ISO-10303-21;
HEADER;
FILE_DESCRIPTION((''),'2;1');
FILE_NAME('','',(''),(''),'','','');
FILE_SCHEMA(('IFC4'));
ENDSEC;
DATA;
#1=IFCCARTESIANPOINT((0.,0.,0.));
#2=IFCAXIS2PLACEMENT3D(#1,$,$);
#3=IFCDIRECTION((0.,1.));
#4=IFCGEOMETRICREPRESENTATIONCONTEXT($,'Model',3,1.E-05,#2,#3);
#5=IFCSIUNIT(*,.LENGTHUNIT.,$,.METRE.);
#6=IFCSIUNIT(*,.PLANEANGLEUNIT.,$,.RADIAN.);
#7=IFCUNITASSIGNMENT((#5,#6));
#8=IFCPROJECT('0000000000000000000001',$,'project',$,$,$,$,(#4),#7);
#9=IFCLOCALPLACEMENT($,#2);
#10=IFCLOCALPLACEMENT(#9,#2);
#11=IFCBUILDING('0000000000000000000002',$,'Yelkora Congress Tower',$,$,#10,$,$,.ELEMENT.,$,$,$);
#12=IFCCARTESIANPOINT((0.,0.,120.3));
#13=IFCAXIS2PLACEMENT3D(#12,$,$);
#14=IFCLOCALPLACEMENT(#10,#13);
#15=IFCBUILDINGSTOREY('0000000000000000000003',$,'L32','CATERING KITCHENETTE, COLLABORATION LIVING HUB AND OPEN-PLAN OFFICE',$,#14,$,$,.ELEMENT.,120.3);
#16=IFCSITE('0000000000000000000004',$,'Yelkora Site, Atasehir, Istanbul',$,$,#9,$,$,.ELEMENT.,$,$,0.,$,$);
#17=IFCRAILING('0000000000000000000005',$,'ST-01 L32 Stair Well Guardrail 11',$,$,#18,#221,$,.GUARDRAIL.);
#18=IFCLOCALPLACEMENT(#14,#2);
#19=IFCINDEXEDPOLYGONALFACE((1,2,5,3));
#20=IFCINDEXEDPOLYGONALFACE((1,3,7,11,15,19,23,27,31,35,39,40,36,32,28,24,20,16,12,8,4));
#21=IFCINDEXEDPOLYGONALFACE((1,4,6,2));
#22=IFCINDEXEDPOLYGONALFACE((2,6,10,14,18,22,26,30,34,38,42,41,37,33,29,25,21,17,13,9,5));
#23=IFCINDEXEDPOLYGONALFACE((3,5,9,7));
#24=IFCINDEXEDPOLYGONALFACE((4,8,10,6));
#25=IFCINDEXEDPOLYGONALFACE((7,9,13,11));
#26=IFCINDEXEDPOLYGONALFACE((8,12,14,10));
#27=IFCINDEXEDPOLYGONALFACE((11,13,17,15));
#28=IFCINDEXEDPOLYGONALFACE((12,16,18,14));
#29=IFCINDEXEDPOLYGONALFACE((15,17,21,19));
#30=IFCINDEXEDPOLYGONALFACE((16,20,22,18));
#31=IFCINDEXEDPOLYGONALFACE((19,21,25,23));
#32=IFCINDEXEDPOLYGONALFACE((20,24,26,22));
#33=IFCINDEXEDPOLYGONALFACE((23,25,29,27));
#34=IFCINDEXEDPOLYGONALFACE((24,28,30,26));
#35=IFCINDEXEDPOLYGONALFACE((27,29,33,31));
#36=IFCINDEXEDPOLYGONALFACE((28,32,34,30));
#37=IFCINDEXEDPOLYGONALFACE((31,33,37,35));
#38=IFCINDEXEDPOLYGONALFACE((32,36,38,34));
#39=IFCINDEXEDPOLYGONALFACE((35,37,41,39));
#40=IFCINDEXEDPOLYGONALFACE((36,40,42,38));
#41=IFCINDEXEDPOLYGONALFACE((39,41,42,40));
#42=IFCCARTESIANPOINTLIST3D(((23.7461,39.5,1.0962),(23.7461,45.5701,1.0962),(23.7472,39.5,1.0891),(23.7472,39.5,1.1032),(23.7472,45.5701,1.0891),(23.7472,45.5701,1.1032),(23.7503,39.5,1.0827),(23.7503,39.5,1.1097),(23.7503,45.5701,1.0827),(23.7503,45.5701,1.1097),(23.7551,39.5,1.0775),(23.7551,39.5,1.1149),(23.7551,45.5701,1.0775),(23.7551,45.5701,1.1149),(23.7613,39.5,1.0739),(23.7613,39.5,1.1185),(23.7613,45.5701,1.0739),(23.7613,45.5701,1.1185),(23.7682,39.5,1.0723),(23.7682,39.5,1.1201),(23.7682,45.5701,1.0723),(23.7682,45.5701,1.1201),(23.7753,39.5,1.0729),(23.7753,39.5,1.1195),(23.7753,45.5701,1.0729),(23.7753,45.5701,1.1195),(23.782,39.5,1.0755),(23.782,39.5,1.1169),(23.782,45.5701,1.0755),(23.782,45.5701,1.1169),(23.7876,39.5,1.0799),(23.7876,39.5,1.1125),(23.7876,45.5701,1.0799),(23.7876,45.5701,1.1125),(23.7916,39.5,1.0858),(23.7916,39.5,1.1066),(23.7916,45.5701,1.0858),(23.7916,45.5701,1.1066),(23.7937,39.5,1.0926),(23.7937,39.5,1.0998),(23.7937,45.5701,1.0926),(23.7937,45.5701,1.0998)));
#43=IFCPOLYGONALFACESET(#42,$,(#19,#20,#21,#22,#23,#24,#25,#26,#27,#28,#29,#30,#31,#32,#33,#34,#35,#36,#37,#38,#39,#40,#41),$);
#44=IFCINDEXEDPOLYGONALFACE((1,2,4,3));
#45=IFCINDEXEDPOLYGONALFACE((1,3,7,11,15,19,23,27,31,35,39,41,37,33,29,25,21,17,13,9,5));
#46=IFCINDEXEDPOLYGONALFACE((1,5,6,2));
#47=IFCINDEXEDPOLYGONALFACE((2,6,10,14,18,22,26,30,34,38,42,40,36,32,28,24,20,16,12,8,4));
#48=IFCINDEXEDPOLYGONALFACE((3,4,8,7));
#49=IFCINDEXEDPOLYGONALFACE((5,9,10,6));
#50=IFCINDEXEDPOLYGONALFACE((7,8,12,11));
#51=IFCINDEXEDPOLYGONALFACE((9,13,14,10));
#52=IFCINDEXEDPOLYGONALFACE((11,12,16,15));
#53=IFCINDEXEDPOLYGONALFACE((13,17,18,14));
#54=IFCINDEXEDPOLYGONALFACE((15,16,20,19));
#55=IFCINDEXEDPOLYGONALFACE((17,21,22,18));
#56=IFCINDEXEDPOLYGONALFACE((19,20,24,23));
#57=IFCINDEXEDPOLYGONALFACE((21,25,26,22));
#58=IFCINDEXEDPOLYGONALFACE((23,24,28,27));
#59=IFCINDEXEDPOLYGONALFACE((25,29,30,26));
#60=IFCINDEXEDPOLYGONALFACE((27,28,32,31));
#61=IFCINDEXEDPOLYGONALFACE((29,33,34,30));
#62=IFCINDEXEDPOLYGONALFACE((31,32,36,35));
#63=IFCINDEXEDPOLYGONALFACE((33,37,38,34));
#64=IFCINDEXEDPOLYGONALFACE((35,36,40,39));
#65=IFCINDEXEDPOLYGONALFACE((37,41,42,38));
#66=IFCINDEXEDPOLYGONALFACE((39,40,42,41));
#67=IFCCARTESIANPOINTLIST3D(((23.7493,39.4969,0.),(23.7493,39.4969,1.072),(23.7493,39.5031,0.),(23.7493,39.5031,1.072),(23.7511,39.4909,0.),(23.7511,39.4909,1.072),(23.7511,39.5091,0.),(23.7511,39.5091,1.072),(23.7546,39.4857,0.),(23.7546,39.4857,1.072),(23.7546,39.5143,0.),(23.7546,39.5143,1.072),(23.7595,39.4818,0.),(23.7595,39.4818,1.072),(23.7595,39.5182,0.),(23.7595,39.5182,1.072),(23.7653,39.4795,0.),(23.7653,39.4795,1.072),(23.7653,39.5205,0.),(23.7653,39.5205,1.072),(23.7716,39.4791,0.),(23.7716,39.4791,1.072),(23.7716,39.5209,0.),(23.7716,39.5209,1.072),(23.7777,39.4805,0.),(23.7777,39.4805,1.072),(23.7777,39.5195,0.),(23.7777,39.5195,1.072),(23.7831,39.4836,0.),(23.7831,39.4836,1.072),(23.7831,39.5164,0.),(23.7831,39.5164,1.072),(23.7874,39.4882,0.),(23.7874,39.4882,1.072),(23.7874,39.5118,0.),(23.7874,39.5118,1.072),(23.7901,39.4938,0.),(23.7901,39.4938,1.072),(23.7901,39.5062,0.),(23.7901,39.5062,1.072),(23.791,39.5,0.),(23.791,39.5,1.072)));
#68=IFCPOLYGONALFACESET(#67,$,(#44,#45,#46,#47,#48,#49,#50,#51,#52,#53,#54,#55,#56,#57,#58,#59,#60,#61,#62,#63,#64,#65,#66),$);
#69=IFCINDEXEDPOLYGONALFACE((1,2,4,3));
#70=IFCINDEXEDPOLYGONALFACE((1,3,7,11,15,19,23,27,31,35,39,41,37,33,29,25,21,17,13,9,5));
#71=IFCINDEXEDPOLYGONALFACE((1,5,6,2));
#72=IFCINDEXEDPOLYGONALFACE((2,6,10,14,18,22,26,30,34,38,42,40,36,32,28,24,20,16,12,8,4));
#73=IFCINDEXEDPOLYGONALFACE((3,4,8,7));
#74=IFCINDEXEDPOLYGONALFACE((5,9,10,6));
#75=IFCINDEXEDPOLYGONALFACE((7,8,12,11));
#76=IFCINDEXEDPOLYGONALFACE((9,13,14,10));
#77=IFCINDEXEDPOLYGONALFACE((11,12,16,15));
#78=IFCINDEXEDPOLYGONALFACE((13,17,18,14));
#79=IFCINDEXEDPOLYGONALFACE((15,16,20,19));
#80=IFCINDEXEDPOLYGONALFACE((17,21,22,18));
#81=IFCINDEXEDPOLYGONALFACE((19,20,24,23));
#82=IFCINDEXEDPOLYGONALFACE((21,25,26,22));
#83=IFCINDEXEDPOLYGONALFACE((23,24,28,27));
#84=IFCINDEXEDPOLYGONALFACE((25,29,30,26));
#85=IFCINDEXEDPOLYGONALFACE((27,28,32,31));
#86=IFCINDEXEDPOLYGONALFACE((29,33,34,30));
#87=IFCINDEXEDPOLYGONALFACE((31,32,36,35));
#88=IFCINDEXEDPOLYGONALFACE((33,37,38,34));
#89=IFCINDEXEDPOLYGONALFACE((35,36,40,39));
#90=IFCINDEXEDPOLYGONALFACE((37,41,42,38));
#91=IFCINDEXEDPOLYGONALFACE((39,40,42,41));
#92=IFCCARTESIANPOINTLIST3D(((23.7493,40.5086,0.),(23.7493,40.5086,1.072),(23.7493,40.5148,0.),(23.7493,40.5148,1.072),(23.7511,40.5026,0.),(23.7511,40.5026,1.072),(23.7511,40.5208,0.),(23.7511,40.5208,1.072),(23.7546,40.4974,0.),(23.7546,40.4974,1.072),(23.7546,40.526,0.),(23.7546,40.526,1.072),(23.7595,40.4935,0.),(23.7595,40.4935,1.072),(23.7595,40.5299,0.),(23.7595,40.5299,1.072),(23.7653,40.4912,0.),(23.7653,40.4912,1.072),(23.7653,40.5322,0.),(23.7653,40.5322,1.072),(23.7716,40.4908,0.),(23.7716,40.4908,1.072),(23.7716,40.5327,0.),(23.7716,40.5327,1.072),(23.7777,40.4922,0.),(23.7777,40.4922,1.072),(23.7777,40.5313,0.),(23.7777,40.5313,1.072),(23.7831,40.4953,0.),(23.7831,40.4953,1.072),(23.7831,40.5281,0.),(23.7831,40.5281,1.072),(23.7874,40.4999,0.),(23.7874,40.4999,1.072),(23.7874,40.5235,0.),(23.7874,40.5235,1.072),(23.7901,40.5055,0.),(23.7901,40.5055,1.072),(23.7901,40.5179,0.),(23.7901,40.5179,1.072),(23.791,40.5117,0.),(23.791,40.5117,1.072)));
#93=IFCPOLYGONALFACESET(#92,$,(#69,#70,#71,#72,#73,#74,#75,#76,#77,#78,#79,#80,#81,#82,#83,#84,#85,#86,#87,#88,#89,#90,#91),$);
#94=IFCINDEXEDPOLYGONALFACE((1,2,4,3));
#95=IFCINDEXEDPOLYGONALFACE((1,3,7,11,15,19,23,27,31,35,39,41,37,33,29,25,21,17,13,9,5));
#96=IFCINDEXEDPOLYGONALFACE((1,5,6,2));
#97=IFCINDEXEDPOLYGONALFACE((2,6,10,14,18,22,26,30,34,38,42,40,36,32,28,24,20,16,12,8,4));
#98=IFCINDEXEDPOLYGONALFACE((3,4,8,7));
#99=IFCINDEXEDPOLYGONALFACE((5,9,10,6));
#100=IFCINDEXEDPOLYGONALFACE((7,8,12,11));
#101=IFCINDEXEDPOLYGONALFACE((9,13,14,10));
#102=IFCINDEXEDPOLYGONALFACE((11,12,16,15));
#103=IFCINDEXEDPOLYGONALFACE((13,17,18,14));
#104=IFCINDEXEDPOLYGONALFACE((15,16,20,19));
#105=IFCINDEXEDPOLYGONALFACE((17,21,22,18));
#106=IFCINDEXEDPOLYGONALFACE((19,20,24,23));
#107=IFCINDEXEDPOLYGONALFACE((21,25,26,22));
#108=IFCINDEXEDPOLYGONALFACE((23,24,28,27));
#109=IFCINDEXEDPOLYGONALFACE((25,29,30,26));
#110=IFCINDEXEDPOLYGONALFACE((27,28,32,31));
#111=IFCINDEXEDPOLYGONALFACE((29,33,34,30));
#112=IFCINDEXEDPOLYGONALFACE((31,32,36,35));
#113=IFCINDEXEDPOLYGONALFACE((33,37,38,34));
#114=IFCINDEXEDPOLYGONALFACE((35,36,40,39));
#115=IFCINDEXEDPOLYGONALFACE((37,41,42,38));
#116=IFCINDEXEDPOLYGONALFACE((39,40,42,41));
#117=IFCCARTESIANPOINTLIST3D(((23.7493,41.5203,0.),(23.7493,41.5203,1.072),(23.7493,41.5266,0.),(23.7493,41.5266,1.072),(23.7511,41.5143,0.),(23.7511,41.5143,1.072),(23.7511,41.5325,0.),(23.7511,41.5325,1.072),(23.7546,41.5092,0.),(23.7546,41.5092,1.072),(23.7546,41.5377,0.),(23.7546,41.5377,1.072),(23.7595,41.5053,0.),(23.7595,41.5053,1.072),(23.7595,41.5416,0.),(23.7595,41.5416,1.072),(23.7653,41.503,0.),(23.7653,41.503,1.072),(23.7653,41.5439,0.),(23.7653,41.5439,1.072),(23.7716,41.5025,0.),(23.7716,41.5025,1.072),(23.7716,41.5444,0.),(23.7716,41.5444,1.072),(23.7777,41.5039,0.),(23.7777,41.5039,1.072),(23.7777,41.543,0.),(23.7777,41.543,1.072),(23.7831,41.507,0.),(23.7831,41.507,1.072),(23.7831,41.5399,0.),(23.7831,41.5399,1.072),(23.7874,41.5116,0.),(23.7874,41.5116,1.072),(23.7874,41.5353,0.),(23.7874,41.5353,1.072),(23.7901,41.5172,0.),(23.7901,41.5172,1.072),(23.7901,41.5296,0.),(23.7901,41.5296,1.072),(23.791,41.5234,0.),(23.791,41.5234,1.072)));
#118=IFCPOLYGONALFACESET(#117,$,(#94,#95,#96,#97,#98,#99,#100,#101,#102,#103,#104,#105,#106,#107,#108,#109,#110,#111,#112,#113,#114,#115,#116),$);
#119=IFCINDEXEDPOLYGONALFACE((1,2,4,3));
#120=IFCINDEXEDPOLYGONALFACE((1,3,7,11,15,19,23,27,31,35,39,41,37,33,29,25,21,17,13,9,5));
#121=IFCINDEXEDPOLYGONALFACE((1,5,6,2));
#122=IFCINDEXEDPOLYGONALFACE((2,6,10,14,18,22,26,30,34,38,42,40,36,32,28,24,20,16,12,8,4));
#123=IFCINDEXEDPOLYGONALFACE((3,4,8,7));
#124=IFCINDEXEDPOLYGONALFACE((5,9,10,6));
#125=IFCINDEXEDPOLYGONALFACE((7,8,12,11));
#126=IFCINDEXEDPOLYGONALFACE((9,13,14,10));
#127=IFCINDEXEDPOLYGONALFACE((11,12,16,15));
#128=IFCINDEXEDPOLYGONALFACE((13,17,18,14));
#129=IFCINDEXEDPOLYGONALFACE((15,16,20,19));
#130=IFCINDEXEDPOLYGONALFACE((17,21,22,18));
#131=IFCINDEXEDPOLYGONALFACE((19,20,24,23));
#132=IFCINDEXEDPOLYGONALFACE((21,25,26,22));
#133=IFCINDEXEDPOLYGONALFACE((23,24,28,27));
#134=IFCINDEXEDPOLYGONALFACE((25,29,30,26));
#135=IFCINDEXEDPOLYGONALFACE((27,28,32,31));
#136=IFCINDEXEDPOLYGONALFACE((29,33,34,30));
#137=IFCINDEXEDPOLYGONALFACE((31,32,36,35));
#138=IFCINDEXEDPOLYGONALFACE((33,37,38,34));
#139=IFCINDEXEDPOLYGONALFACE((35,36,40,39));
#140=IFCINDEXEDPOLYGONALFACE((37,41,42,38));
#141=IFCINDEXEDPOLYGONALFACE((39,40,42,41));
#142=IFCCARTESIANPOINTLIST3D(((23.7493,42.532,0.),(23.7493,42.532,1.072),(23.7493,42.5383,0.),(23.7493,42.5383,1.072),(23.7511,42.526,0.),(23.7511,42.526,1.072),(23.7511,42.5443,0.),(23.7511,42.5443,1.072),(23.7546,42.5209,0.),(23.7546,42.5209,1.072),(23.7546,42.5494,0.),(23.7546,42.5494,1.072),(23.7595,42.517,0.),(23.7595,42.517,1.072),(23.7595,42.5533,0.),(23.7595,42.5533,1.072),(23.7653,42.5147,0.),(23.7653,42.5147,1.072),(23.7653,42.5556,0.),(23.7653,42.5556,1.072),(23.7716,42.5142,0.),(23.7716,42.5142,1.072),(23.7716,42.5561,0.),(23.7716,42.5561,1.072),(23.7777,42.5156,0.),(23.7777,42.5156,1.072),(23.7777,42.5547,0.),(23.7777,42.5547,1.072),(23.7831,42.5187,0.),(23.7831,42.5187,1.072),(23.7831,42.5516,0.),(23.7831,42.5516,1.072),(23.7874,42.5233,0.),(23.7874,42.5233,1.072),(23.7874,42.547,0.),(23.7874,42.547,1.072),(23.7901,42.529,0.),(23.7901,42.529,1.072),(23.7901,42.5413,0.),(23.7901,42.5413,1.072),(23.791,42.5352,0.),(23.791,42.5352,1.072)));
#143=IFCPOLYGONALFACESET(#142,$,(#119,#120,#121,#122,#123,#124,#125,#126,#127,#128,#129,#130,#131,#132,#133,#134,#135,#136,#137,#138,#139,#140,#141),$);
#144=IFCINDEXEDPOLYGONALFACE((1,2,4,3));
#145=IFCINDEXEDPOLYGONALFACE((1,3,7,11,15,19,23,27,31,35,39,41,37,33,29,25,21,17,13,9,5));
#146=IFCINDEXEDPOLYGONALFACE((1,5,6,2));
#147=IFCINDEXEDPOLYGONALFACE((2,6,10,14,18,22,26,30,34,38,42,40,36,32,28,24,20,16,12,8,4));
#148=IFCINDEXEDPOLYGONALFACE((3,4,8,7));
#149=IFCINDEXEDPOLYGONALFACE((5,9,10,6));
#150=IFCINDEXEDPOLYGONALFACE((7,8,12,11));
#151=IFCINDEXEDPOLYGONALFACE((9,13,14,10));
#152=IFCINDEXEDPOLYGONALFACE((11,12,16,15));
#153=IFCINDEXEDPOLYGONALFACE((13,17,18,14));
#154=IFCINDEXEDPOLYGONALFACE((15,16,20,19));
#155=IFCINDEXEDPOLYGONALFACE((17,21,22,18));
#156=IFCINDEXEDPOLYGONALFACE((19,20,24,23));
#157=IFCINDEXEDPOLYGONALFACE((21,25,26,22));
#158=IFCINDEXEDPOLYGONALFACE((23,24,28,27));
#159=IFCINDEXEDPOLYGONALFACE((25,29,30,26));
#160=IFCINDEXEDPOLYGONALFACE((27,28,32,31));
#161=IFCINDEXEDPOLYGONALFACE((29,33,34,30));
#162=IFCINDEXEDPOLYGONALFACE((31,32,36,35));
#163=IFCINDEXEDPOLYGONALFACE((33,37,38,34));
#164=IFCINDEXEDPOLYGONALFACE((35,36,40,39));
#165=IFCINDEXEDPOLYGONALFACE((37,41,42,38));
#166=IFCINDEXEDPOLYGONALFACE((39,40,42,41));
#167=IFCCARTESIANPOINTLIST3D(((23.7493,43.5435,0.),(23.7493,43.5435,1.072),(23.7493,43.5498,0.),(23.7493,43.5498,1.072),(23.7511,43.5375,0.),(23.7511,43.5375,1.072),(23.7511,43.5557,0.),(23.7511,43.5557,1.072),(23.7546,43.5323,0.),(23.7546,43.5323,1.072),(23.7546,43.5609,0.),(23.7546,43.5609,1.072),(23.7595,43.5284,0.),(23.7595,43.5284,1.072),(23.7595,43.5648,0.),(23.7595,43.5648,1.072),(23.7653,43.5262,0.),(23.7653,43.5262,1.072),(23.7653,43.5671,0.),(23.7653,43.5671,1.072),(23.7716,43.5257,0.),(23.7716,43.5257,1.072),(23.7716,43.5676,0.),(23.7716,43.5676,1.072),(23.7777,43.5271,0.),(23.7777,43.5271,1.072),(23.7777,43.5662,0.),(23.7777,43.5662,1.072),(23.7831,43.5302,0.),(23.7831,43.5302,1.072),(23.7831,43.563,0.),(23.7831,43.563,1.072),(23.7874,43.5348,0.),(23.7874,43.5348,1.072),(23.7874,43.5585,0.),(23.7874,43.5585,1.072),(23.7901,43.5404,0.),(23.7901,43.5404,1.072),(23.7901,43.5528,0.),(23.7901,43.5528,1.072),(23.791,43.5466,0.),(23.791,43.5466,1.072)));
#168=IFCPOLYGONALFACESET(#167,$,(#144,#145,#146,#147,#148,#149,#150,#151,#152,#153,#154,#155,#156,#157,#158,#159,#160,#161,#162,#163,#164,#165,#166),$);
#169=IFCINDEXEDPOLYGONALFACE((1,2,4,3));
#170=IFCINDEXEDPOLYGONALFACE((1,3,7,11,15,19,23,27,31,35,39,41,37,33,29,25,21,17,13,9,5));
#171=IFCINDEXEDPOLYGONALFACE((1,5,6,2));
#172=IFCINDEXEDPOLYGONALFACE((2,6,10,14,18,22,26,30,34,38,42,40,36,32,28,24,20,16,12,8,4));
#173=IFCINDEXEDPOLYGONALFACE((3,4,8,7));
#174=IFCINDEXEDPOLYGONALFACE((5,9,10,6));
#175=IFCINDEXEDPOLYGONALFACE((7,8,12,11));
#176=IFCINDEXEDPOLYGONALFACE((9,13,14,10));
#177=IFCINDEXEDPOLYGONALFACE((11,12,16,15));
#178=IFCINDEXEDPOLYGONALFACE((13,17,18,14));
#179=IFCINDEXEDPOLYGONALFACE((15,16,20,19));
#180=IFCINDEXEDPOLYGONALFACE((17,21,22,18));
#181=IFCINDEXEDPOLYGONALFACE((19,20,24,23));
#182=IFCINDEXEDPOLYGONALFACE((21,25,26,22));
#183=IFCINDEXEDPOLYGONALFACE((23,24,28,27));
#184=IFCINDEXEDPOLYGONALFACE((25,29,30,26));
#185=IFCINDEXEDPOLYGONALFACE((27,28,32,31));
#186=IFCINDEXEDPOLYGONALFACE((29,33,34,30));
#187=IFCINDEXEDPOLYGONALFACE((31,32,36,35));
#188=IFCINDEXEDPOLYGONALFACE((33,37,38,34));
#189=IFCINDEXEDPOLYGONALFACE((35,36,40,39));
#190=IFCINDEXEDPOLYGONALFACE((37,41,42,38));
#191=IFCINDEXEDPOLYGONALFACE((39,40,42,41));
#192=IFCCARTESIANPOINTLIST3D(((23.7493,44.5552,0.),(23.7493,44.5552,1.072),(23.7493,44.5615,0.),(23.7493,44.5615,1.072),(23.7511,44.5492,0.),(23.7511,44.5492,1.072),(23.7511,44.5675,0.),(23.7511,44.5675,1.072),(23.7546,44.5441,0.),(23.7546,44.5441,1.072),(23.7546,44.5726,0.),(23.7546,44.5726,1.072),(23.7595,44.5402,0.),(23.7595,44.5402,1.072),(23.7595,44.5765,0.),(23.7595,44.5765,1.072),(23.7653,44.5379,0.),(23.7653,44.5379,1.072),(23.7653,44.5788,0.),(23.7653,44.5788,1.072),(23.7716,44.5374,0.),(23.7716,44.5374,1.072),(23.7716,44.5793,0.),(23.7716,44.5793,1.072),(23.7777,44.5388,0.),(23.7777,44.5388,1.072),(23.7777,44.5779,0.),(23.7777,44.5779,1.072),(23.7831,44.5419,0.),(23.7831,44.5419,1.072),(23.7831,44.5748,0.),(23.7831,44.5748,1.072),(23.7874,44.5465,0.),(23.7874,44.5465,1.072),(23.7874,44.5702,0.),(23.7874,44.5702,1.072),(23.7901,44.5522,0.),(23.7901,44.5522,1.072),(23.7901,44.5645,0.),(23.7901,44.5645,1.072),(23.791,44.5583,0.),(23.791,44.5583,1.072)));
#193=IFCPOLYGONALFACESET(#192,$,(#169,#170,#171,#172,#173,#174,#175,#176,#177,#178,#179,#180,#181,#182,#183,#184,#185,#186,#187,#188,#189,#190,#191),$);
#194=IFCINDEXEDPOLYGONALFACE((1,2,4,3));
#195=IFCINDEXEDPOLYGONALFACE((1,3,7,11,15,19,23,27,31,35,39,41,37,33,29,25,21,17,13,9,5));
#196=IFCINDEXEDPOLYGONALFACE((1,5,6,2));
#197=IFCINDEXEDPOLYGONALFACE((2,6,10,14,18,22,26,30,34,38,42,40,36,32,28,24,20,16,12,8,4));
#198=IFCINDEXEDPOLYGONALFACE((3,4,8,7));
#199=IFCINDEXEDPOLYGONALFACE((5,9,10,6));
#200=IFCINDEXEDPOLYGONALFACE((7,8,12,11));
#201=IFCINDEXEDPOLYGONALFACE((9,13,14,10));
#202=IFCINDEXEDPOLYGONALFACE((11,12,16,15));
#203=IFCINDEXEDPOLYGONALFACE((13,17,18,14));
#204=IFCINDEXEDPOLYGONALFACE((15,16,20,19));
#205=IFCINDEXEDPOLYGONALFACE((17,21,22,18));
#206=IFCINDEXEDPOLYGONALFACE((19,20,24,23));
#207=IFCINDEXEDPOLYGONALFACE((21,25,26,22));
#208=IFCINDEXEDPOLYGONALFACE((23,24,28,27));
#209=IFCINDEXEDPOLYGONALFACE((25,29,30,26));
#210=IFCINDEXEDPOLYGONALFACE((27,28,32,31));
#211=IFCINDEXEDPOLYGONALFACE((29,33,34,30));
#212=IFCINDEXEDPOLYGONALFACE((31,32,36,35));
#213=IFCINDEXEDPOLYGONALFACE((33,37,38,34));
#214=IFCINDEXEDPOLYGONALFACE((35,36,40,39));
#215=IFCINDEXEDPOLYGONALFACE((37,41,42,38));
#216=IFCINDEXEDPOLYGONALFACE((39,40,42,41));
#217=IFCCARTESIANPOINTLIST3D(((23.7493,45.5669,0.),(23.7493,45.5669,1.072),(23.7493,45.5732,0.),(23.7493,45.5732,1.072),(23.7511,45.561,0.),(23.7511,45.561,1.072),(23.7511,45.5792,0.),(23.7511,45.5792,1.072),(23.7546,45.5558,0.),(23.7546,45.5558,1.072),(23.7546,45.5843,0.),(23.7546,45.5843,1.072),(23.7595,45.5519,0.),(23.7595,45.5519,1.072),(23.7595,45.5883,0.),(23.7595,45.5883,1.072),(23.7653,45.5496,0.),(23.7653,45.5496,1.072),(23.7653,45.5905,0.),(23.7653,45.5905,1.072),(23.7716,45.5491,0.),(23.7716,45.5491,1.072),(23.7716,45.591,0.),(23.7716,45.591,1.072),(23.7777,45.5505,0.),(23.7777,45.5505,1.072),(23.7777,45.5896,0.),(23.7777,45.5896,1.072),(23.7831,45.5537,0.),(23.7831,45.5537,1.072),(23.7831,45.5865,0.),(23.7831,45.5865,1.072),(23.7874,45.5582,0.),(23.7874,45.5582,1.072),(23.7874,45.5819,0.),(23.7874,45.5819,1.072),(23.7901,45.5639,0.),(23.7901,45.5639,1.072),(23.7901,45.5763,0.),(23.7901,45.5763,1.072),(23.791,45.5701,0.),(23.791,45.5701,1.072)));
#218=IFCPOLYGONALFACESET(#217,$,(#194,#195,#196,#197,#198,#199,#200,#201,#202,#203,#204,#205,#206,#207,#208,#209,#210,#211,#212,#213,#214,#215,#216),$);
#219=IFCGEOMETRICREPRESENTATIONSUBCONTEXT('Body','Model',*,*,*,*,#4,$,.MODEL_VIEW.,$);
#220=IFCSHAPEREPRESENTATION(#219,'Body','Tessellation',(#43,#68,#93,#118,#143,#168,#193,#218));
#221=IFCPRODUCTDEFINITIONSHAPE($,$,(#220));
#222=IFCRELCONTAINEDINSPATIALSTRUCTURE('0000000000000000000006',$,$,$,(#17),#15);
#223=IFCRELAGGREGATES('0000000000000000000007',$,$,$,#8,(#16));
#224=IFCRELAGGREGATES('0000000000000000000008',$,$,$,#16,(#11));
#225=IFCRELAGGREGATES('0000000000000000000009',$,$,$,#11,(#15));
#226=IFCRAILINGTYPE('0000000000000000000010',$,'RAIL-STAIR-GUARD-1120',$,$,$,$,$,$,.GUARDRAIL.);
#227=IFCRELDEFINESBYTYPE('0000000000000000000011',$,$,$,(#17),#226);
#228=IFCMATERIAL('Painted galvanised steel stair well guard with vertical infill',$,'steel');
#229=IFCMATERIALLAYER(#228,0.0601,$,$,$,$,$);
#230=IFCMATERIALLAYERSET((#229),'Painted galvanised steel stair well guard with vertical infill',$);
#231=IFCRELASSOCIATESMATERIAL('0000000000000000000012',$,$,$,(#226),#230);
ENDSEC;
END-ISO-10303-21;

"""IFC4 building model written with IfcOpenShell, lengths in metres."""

from ifc_helpers import new_model, si_unit, direction, frame, origin, origin_2d, place, context, subcontext, project, spatial, circle, extrude, material, layer, layer_set, type_object, element, save


model = new_model("IFC4")

# Units and contexts
model_context = context("Model", 3, precision=1e-05, world=origin(), true_north=direction((0.0, 1.0)))
body_context = subcontext(model_context, "Body", "Model", "MODEL_VIEW")
ifc_project = project(units=[si_unit("LENGTHUNIT", "METRE"), si_unit("PLANEANGLEUNIT", "RADIAN")], contexts=[model_context])

# Site, building, storey
site_placement = place(None, origin())
site = spatial("IfcSite", under=ifc_project, at=site_placement, Name="Yelkora Site, Atasehir, Istanbul", CompositionType="ELEMENT", RefElevation=0.0)
building_placement = place(site_placement, origin())
building = spatial("IfcBuilding", under=site, at=building_placement, Name="Yelkora Congress Tower", CompositionType="ELEMENT")
storey_placement = place(building_placement, frame((0.0, 0.0, 120.3)))
storey = spatial("IfcBuildingStorey", under=building, at=storey_placement, Name="L32", Description="CATERING KITCHENETTE, COLLABORATION LIVING HUB AND OPEN-PLAN OFFICE", CompositionType="ELEMENT", Elevation=120.3)

# Railing
ifc_material_1 = material(Name="Painted galvanised steel stair well guard with vertical infill", Category="steel")
ifc_layer_1 = layer(ifc_material_1, 0.0601)
ifc_layer_set_1 = layer_set([ifc_layer_1], Name="Painted galvanised steel stair well guard with vertical infill")
railing_type_1 = type_object("IfcRailingType", Name="RAIL-STAIR-GUARD-1120", PredefinedType="GUARDRAIL", material=ifc_layer_set_1)
railing_1_placement = place(storey_placement, frame((23.77, 39.5, 0.0)))
element("IfcRailing", 1, at=railing_1_placement, inside=storey, type_object=railing_type_1, Name="ST-01 L32 Stair Well Guardrail 11", PredefinedType="GUARDRAIL", context=body_context, shape_type="SweptSolid", body=[
    extrude(circle(Radius=0.0239, at=origin_2d()), frame((0.0, 0.0, 1.0962), z_axis=(0.0, 1.0, 0.0), x_axis=(-1.0, 0.0, 0.0)), (0.0, 0.0, 1.0), 6.0701),
    extrude(circle(Radius=0.021, at=origin_2d()), origin(), (0.0, 0.0, 1.0), 1.072),
    extrude(circle(Radius=0.021, at=origin_2d()), frame((0.0, 1.0117, 0.0)), (0.0, 0.0, 1.0), 1.072),
    extrude(circle(Radius=0.021, at=origin_2d()), frame((0.0, 2.0234, 0.0)), (0.0, 0.0, 1.0), 1.072),
    extrude(circle(Radius=0.021, at=origin_2d()), frame((0.0, 3.0352, 0.0)), (0.0, 0.0, 1.0), 1.072),
    extrude(circle(Radius=0.021, at=origin_2d()), frame((0.0, 4.0466, 0.0)), (0.0, 0.0, 1.0), 1.072),
    extrude(circle(Radius=0.021, at=origin_2d()), frame((0.0, 5.0583, 0.0)), (0.0, 0.0, 1.0), 1.072),
    extrude(circle(Radius=0.021, at=origin_2d()), frame((0.0, 6.0701, 0.0)), (0.0, 0.0, 1.0), 1.072),
])

save(model, "model.ifc")
